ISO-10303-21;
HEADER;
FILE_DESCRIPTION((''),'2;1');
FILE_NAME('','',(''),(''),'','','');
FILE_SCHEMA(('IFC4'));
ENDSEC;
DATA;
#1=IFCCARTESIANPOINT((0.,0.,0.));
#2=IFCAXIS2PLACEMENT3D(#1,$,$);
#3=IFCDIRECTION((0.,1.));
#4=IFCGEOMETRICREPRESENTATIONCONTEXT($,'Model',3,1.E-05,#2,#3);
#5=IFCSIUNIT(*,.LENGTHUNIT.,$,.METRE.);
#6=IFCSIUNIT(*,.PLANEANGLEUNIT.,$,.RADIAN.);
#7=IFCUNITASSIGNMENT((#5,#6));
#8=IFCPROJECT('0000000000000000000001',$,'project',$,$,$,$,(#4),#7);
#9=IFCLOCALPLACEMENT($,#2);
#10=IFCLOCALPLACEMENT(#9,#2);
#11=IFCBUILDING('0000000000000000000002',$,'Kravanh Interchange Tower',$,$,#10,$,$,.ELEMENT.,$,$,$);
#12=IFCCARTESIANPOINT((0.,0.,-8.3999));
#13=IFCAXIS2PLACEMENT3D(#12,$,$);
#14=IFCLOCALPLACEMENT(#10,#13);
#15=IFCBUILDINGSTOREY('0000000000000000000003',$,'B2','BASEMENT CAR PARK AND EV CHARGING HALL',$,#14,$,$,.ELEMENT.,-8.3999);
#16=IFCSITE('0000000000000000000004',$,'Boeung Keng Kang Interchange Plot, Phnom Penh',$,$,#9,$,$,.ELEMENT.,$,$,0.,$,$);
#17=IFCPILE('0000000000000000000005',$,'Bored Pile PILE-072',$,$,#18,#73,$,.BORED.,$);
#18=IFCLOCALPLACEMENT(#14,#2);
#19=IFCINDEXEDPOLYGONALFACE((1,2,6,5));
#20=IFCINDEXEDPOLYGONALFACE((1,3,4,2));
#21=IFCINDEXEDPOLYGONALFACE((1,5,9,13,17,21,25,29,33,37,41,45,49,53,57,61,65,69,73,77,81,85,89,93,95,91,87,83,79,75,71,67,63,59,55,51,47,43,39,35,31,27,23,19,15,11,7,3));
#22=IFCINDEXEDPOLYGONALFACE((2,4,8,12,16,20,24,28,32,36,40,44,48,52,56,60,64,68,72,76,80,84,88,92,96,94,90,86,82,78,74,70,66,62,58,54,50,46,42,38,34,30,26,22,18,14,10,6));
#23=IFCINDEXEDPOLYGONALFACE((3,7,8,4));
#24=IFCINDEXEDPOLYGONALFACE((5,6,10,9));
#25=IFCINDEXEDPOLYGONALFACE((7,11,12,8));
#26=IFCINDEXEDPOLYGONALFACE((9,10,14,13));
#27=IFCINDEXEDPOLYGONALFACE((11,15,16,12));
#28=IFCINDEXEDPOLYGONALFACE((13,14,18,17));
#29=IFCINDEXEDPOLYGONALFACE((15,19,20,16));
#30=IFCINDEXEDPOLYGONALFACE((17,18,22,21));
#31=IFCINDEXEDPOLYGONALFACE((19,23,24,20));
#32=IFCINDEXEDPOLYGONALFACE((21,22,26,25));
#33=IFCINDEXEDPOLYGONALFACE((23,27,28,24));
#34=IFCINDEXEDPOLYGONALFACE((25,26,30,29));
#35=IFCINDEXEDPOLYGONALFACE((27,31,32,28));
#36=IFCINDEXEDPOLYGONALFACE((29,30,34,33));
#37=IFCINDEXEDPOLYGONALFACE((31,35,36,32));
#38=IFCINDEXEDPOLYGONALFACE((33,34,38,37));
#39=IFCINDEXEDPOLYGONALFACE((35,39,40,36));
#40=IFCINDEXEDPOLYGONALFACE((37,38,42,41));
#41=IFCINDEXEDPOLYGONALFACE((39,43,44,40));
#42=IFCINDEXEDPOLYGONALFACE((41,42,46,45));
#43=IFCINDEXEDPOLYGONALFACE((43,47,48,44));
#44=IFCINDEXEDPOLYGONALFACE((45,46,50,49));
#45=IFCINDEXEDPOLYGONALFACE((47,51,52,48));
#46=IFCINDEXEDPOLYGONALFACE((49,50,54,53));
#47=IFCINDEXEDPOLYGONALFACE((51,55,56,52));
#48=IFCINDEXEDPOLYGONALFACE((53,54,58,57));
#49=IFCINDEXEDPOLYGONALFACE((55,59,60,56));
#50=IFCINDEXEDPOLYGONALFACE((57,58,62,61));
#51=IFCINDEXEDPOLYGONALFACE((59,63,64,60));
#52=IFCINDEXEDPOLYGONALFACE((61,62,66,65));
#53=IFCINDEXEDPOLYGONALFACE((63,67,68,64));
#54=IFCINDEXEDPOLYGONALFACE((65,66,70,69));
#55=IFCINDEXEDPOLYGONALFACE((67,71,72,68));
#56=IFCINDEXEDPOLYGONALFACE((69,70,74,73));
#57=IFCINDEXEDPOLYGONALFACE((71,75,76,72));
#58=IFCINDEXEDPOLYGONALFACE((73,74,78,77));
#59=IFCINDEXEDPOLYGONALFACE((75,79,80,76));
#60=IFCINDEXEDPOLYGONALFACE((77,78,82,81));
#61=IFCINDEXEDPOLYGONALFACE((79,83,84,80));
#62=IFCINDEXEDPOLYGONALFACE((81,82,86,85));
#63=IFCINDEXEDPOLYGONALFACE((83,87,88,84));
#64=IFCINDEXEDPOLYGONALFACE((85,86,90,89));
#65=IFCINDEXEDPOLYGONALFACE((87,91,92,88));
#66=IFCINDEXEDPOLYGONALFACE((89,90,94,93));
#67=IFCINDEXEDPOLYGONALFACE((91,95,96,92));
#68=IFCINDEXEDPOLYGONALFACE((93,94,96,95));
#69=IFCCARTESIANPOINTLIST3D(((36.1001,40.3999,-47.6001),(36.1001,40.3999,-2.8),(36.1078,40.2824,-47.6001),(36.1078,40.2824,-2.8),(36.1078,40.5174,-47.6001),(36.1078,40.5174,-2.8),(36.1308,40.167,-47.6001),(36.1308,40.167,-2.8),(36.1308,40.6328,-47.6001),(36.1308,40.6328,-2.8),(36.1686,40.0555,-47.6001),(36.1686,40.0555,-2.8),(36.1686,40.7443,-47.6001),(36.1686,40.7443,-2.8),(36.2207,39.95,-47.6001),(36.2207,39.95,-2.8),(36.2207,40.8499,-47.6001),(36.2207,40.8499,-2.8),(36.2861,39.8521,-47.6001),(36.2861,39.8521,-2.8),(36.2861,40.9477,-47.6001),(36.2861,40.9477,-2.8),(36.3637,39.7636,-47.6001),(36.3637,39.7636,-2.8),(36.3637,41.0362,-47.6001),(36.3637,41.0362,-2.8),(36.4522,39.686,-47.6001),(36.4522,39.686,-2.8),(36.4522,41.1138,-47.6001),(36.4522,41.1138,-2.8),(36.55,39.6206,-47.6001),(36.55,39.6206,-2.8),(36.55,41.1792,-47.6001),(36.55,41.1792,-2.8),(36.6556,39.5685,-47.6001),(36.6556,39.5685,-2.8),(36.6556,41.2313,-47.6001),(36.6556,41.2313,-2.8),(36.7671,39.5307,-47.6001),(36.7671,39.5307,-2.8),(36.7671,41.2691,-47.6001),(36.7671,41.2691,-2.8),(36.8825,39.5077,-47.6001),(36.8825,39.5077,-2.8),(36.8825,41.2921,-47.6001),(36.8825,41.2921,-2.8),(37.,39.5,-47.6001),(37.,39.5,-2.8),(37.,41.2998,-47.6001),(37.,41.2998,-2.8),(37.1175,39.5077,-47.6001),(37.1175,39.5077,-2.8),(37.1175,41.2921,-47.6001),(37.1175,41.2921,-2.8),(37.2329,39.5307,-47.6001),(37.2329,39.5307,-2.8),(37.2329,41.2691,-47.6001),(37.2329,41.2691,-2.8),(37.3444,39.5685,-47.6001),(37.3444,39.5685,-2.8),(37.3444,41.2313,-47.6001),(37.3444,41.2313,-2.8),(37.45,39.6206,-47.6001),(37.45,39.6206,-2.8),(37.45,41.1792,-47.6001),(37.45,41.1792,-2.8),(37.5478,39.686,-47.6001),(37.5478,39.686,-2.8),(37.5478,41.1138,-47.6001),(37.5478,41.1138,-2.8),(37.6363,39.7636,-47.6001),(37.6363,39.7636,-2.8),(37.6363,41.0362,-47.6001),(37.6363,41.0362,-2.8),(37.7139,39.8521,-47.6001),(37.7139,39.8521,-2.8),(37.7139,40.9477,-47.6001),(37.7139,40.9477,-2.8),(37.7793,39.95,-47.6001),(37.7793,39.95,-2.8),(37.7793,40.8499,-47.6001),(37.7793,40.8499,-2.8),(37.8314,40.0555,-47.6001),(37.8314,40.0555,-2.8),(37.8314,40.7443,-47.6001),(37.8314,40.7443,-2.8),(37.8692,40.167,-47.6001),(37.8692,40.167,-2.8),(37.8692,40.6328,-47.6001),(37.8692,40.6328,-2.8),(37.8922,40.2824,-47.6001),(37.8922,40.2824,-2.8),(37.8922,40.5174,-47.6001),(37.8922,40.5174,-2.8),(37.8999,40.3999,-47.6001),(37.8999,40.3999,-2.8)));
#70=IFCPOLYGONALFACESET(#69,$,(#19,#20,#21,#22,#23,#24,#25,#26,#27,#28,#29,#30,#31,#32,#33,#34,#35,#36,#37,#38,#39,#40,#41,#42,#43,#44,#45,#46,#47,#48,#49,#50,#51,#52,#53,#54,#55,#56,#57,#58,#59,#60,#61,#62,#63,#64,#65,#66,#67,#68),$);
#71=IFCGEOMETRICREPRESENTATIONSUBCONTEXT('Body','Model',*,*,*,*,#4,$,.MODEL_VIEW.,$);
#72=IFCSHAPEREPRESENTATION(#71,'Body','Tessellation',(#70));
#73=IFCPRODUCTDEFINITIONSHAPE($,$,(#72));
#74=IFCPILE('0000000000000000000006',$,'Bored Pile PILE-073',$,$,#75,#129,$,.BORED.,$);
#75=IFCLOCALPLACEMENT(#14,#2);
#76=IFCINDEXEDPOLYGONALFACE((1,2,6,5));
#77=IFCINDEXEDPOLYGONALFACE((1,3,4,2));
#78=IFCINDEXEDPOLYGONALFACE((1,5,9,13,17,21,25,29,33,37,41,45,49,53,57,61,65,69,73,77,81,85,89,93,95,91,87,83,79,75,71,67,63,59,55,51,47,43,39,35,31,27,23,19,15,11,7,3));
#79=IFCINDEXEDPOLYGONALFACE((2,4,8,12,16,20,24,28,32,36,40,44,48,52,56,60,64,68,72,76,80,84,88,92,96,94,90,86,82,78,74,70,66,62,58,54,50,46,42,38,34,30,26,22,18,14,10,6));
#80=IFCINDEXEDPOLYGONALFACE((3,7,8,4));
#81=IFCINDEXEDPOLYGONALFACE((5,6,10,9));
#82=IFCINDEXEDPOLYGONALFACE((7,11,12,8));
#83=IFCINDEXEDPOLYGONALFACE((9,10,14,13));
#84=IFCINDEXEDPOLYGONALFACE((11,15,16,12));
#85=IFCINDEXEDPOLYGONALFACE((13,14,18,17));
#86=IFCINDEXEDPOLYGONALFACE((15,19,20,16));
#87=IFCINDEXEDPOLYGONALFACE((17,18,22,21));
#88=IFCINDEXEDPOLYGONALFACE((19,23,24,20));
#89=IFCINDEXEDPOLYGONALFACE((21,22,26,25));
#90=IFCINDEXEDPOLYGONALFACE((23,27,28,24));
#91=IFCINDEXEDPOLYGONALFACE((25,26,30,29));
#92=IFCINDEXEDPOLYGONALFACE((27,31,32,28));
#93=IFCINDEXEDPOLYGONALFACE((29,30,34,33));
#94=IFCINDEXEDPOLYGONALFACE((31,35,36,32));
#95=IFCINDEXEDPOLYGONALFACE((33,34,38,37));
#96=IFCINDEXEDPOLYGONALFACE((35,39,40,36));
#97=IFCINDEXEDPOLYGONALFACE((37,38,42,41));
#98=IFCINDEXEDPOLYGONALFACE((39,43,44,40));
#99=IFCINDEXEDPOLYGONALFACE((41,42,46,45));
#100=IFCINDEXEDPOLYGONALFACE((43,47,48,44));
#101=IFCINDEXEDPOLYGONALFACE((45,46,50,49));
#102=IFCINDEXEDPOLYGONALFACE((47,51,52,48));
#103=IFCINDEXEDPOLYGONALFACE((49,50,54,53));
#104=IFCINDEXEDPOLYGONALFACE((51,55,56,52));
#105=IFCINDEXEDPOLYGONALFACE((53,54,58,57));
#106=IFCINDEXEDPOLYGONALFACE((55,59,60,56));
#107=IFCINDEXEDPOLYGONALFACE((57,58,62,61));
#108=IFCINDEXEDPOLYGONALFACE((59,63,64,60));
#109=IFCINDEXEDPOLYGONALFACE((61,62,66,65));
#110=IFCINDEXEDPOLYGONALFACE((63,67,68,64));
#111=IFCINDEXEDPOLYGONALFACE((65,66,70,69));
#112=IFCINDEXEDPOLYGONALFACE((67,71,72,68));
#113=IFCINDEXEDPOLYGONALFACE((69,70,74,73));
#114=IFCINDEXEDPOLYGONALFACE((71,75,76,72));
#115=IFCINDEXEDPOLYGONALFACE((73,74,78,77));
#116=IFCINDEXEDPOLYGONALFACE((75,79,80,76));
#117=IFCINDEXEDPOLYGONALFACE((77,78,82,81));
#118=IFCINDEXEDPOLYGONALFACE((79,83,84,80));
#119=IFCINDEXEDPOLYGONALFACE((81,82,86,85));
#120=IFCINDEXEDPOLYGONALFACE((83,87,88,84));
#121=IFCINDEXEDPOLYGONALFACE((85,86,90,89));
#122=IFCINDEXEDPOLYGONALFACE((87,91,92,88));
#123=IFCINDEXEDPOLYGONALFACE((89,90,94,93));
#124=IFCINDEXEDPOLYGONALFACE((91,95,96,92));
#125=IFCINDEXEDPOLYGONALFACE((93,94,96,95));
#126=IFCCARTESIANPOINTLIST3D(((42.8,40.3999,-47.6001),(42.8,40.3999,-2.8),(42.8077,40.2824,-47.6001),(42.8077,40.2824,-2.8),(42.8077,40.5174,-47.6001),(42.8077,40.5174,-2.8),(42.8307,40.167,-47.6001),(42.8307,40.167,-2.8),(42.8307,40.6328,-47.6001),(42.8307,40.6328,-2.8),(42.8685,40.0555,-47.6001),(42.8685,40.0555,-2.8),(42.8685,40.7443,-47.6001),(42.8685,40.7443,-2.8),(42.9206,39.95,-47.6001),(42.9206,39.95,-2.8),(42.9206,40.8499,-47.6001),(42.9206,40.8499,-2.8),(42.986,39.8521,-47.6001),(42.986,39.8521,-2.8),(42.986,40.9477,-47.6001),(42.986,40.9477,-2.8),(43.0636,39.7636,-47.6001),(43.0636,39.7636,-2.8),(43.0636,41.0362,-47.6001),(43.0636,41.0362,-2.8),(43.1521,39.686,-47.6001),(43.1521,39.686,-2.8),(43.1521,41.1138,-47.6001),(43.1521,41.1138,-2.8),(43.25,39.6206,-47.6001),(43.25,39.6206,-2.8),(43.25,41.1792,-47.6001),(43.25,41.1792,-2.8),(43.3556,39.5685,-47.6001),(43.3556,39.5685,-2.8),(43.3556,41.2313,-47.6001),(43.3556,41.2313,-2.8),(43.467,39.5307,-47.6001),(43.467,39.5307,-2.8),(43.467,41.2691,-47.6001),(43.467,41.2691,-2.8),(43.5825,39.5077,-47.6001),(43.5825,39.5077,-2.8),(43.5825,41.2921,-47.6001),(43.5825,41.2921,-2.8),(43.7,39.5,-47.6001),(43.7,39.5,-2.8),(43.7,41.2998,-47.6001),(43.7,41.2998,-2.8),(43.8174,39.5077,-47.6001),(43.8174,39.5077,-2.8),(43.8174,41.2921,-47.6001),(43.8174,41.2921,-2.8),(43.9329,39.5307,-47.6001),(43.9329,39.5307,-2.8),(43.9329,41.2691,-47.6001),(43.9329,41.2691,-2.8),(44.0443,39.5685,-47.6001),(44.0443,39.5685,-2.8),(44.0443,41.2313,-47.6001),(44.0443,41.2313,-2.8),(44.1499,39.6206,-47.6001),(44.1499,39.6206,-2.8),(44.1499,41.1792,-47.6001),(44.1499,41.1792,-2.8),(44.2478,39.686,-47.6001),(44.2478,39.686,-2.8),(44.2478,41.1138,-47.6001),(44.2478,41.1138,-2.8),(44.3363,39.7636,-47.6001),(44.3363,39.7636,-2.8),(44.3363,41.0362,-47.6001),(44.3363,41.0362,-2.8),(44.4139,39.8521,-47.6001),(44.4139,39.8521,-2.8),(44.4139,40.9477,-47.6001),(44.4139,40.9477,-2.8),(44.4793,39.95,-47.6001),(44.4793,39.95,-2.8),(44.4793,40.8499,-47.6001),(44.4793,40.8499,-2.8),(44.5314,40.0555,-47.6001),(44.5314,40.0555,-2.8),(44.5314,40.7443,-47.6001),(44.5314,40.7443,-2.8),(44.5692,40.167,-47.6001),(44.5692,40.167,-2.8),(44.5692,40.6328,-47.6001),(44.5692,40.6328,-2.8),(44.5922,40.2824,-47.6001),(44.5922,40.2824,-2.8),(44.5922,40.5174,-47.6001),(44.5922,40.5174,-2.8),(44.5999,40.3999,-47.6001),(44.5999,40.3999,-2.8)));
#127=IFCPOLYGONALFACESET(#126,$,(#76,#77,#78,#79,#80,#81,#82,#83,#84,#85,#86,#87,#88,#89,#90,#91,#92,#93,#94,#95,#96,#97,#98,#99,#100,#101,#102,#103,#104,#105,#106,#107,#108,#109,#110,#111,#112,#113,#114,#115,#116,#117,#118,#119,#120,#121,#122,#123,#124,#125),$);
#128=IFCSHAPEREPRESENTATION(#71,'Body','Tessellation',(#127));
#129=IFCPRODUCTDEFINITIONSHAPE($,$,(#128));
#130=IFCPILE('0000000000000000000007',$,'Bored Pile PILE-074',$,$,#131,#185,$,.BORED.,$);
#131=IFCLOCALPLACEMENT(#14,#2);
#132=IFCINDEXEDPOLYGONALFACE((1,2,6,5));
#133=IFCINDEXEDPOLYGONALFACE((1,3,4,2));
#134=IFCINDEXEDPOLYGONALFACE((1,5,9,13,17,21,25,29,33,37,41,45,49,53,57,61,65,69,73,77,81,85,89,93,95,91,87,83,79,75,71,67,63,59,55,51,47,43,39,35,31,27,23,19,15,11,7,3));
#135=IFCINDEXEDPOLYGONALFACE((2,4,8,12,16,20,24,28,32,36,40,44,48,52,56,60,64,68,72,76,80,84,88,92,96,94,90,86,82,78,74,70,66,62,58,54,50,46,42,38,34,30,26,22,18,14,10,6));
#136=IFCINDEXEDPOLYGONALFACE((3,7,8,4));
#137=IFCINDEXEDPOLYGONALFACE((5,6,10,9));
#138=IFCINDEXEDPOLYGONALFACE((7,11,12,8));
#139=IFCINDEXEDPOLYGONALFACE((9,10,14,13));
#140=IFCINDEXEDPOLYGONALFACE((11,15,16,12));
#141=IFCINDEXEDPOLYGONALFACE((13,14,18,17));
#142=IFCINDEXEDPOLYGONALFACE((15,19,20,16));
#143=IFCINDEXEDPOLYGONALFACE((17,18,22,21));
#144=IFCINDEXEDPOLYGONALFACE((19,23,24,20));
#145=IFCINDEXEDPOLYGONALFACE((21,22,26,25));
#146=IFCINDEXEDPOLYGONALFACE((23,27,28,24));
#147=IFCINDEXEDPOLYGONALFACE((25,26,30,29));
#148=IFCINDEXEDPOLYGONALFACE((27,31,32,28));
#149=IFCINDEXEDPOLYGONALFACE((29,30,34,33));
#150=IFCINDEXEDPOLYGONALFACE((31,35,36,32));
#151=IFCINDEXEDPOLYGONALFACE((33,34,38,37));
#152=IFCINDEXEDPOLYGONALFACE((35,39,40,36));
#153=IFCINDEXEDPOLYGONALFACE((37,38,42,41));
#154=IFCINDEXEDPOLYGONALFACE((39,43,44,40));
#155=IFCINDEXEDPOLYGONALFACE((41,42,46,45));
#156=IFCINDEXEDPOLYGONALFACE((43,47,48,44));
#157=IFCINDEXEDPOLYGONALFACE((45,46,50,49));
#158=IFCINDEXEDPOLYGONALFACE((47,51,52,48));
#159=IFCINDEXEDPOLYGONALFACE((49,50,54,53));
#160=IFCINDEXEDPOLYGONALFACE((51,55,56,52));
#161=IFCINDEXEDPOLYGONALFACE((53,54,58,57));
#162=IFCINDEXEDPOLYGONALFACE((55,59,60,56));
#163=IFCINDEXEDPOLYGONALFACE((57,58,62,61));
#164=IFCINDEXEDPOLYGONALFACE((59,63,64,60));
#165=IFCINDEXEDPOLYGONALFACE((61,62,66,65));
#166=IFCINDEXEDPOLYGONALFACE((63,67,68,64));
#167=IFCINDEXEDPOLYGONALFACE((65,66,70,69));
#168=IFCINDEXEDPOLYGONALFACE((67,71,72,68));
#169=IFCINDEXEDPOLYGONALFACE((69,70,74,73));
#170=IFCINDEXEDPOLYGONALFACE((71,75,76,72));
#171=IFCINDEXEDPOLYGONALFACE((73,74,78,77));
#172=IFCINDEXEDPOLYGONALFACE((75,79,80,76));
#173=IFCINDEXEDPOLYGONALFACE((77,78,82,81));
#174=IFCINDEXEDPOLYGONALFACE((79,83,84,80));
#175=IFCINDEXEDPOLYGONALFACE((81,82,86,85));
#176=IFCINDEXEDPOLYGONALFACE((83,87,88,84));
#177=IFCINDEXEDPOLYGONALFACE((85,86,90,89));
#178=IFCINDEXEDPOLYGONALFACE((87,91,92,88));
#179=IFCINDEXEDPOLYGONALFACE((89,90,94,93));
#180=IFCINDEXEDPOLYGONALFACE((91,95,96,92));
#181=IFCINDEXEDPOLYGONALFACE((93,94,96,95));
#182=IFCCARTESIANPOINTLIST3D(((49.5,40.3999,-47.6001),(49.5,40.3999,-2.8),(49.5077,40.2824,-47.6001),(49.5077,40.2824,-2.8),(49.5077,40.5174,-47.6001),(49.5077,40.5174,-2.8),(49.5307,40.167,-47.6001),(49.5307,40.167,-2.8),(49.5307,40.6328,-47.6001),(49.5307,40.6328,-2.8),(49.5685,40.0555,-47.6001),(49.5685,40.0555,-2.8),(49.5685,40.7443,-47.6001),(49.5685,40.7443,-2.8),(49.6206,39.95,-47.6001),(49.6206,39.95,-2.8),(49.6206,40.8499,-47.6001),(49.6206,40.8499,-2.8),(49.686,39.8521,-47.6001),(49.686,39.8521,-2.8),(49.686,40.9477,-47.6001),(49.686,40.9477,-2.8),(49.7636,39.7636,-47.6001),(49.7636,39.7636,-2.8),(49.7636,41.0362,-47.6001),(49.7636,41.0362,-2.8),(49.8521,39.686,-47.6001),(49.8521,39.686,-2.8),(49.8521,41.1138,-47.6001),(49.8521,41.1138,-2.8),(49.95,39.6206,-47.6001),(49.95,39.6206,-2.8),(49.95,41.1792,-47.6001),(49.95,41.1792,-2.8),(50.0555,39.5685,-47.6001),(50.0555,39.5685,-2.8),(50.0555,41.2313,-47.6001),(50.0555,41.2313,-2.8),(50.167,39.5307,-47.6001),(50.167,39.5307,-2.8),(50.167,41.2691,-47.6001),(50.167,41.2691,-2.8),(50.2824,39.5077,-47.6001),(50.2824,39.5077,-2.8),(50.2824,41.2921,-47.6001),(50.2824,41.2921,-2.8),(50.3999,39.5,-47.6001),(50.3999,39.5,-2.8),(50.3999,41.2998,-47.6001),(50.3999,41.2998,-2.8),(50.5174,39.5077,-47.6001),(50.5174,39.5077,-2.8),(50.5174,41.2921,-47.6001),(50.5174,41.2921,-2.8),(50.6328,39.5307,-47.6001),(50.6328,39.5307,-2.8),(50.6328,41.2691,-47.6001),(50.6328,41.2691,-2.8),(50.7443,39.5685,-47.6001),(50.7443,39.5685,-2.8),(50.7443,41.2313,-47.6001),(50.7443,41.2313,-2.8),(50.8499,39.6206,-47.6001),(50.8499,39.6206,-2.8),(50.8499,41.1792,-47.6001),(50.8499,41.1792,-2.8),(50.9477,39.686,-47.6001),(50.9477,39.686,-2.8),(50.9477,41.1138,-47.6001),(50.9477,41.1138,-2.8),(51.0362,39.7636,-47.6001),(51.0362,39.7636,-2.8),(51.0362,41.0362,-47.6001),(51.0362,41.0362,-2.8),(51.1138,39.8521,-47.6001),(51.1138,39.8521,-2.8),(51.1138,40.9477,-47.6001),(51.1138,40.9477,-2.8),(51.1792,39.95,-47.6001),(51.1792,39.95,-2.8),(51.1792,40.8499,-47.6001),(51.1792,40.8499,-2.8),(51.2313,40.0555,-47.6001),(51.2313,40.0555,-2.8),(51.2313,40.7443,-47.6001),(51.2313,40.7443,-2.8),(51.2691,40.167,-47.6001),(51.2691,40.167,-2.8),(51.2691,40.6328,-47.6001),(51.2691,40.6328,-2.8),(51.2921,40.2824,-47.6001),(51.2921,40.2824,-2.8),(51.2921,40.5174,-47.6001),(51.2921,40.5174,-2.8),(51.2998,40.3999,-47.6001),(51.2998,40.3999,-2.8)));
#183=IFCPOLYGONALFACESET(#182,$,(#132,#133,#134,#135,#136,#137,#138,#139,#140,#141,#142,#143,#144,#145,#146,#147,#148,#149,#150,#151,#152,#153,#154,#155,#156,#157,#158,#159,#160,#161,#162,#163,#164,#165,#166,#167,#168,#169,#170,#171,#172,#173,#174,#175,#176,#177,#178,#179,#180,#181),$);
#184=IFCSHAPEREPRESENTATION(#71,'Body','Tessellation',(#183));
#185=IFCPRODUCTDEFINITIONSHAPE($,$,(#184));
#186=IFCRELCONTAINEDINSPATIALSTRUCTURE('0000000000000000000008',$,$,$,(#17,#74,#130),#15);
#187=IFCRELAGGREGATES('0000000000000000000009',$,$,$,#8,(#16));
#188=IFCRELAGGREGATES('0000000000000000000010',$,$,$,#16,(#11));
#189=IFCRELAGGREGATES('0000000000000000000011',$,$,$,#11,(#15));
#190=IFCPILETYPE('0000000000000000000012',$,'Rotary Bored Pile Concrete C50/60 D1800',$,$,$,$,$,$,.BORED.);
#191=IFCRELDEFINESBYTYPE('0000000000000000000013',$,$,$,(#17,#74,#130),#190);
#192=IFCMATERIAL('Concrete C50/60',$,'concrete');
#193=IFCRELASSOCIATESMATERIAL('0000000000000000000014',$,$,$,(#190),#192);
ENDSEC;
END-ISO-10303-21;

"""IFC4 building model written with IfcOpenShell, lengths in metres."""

from ifc_helpers import new_model, si_unit, direction, frame, origin, origin_2d, place, context, subcontext, project, spatial, circle, extrude, material, material_profile, profile_set, type_object, element, save


model = new_model("IFC4")

# Units and contexts
model_context = context("Model", 3, precision=1e-05, world=origin(), true_north=direction((0.0, 1.0)))
body_context = subcontext(model_context, "Body", "Model", "MODEL_VIEW")
ifc_project = project(units=[si_unit("LENGTHUNIT", "METRE"), si_unit("PLANEANGLEUNIT", "RADIAN")], contexts=[model_context])

# Site, building, storey
site_placement = place(None, origin())
site = spatial("IfcSite", under=ifc_project, at=site_placement, Name="Boeung Keng Kang Interchange Plot, Phnom Penh", CompositionType="ELEMENT", RefElevation=0.0)
building_placement = place(site_placement, origin())
building = spatial("IfcBuilding", under=site, at=building_placement, Name="Kravanh Interchange Tower", CompositionType="ELEMENT")
storey_placement = place(building_placement, frame((0.0, 0.0, -8.3999)))
storey = spatial("IfcBuildingStorey", under=building, at=storey_placement, Name="B2", Description="BASEMENT CAR PARK AND EV CHARGING HALL", CompositionType="ELEMENT", Elevation=-8.3999)

# Piles
ifc_material_1 = material(Name="Concrete C50/60", Category="concrete")
ifc_material_profile_1 = material_profile(ifc_material_1, circle(Radius=0.8999, at=origin_2d()), Name="PILE-D1800")
ifc_profile_set_1 = profile_set([ifc_material_profile_1], Name="Concrete C50/60")
pile_type = type_object("IfcPileType", Name="Rotary Bored Pile Concrete C50/60 D1800", PredefinedType="BORED", material=ifc_profile_set_1)
for number, where, z_axis, x_axis, name in (
    (1, (37.0, 40.3999, -2.8), (0.0, 0.0, -1.0), (1.0, 0.0, 0.0), "Bored Pile PILE-072"),
    (2, (43.7, 40.3999, -2.8), (0.0, 0.0, -1.0), (1.0, 0.0, 0.0), "Bored Pile PILE-073"),
    (3, (50.3999, 40.3999, -2.8), (0.0, 0.0, -1.0), (1.0, 0.0, 0.0), "Bored Pile PILE-074"),
):
    element("IfcPile", number, at=place(storey_placement, frame(where, z_axis=z_axis, x_axis=x_axis)), inside=storey, type_object=pile_type, Name=name, PredefinedType="BORED", context=body_context, shape_type="SweptSolid", body=[
        extrude(circle(Radius=0.8999, at=origin_2d()), origin(), (0.0, 0.0, 1.0), 44.8),
    ])

save(model, "model.ifc")
